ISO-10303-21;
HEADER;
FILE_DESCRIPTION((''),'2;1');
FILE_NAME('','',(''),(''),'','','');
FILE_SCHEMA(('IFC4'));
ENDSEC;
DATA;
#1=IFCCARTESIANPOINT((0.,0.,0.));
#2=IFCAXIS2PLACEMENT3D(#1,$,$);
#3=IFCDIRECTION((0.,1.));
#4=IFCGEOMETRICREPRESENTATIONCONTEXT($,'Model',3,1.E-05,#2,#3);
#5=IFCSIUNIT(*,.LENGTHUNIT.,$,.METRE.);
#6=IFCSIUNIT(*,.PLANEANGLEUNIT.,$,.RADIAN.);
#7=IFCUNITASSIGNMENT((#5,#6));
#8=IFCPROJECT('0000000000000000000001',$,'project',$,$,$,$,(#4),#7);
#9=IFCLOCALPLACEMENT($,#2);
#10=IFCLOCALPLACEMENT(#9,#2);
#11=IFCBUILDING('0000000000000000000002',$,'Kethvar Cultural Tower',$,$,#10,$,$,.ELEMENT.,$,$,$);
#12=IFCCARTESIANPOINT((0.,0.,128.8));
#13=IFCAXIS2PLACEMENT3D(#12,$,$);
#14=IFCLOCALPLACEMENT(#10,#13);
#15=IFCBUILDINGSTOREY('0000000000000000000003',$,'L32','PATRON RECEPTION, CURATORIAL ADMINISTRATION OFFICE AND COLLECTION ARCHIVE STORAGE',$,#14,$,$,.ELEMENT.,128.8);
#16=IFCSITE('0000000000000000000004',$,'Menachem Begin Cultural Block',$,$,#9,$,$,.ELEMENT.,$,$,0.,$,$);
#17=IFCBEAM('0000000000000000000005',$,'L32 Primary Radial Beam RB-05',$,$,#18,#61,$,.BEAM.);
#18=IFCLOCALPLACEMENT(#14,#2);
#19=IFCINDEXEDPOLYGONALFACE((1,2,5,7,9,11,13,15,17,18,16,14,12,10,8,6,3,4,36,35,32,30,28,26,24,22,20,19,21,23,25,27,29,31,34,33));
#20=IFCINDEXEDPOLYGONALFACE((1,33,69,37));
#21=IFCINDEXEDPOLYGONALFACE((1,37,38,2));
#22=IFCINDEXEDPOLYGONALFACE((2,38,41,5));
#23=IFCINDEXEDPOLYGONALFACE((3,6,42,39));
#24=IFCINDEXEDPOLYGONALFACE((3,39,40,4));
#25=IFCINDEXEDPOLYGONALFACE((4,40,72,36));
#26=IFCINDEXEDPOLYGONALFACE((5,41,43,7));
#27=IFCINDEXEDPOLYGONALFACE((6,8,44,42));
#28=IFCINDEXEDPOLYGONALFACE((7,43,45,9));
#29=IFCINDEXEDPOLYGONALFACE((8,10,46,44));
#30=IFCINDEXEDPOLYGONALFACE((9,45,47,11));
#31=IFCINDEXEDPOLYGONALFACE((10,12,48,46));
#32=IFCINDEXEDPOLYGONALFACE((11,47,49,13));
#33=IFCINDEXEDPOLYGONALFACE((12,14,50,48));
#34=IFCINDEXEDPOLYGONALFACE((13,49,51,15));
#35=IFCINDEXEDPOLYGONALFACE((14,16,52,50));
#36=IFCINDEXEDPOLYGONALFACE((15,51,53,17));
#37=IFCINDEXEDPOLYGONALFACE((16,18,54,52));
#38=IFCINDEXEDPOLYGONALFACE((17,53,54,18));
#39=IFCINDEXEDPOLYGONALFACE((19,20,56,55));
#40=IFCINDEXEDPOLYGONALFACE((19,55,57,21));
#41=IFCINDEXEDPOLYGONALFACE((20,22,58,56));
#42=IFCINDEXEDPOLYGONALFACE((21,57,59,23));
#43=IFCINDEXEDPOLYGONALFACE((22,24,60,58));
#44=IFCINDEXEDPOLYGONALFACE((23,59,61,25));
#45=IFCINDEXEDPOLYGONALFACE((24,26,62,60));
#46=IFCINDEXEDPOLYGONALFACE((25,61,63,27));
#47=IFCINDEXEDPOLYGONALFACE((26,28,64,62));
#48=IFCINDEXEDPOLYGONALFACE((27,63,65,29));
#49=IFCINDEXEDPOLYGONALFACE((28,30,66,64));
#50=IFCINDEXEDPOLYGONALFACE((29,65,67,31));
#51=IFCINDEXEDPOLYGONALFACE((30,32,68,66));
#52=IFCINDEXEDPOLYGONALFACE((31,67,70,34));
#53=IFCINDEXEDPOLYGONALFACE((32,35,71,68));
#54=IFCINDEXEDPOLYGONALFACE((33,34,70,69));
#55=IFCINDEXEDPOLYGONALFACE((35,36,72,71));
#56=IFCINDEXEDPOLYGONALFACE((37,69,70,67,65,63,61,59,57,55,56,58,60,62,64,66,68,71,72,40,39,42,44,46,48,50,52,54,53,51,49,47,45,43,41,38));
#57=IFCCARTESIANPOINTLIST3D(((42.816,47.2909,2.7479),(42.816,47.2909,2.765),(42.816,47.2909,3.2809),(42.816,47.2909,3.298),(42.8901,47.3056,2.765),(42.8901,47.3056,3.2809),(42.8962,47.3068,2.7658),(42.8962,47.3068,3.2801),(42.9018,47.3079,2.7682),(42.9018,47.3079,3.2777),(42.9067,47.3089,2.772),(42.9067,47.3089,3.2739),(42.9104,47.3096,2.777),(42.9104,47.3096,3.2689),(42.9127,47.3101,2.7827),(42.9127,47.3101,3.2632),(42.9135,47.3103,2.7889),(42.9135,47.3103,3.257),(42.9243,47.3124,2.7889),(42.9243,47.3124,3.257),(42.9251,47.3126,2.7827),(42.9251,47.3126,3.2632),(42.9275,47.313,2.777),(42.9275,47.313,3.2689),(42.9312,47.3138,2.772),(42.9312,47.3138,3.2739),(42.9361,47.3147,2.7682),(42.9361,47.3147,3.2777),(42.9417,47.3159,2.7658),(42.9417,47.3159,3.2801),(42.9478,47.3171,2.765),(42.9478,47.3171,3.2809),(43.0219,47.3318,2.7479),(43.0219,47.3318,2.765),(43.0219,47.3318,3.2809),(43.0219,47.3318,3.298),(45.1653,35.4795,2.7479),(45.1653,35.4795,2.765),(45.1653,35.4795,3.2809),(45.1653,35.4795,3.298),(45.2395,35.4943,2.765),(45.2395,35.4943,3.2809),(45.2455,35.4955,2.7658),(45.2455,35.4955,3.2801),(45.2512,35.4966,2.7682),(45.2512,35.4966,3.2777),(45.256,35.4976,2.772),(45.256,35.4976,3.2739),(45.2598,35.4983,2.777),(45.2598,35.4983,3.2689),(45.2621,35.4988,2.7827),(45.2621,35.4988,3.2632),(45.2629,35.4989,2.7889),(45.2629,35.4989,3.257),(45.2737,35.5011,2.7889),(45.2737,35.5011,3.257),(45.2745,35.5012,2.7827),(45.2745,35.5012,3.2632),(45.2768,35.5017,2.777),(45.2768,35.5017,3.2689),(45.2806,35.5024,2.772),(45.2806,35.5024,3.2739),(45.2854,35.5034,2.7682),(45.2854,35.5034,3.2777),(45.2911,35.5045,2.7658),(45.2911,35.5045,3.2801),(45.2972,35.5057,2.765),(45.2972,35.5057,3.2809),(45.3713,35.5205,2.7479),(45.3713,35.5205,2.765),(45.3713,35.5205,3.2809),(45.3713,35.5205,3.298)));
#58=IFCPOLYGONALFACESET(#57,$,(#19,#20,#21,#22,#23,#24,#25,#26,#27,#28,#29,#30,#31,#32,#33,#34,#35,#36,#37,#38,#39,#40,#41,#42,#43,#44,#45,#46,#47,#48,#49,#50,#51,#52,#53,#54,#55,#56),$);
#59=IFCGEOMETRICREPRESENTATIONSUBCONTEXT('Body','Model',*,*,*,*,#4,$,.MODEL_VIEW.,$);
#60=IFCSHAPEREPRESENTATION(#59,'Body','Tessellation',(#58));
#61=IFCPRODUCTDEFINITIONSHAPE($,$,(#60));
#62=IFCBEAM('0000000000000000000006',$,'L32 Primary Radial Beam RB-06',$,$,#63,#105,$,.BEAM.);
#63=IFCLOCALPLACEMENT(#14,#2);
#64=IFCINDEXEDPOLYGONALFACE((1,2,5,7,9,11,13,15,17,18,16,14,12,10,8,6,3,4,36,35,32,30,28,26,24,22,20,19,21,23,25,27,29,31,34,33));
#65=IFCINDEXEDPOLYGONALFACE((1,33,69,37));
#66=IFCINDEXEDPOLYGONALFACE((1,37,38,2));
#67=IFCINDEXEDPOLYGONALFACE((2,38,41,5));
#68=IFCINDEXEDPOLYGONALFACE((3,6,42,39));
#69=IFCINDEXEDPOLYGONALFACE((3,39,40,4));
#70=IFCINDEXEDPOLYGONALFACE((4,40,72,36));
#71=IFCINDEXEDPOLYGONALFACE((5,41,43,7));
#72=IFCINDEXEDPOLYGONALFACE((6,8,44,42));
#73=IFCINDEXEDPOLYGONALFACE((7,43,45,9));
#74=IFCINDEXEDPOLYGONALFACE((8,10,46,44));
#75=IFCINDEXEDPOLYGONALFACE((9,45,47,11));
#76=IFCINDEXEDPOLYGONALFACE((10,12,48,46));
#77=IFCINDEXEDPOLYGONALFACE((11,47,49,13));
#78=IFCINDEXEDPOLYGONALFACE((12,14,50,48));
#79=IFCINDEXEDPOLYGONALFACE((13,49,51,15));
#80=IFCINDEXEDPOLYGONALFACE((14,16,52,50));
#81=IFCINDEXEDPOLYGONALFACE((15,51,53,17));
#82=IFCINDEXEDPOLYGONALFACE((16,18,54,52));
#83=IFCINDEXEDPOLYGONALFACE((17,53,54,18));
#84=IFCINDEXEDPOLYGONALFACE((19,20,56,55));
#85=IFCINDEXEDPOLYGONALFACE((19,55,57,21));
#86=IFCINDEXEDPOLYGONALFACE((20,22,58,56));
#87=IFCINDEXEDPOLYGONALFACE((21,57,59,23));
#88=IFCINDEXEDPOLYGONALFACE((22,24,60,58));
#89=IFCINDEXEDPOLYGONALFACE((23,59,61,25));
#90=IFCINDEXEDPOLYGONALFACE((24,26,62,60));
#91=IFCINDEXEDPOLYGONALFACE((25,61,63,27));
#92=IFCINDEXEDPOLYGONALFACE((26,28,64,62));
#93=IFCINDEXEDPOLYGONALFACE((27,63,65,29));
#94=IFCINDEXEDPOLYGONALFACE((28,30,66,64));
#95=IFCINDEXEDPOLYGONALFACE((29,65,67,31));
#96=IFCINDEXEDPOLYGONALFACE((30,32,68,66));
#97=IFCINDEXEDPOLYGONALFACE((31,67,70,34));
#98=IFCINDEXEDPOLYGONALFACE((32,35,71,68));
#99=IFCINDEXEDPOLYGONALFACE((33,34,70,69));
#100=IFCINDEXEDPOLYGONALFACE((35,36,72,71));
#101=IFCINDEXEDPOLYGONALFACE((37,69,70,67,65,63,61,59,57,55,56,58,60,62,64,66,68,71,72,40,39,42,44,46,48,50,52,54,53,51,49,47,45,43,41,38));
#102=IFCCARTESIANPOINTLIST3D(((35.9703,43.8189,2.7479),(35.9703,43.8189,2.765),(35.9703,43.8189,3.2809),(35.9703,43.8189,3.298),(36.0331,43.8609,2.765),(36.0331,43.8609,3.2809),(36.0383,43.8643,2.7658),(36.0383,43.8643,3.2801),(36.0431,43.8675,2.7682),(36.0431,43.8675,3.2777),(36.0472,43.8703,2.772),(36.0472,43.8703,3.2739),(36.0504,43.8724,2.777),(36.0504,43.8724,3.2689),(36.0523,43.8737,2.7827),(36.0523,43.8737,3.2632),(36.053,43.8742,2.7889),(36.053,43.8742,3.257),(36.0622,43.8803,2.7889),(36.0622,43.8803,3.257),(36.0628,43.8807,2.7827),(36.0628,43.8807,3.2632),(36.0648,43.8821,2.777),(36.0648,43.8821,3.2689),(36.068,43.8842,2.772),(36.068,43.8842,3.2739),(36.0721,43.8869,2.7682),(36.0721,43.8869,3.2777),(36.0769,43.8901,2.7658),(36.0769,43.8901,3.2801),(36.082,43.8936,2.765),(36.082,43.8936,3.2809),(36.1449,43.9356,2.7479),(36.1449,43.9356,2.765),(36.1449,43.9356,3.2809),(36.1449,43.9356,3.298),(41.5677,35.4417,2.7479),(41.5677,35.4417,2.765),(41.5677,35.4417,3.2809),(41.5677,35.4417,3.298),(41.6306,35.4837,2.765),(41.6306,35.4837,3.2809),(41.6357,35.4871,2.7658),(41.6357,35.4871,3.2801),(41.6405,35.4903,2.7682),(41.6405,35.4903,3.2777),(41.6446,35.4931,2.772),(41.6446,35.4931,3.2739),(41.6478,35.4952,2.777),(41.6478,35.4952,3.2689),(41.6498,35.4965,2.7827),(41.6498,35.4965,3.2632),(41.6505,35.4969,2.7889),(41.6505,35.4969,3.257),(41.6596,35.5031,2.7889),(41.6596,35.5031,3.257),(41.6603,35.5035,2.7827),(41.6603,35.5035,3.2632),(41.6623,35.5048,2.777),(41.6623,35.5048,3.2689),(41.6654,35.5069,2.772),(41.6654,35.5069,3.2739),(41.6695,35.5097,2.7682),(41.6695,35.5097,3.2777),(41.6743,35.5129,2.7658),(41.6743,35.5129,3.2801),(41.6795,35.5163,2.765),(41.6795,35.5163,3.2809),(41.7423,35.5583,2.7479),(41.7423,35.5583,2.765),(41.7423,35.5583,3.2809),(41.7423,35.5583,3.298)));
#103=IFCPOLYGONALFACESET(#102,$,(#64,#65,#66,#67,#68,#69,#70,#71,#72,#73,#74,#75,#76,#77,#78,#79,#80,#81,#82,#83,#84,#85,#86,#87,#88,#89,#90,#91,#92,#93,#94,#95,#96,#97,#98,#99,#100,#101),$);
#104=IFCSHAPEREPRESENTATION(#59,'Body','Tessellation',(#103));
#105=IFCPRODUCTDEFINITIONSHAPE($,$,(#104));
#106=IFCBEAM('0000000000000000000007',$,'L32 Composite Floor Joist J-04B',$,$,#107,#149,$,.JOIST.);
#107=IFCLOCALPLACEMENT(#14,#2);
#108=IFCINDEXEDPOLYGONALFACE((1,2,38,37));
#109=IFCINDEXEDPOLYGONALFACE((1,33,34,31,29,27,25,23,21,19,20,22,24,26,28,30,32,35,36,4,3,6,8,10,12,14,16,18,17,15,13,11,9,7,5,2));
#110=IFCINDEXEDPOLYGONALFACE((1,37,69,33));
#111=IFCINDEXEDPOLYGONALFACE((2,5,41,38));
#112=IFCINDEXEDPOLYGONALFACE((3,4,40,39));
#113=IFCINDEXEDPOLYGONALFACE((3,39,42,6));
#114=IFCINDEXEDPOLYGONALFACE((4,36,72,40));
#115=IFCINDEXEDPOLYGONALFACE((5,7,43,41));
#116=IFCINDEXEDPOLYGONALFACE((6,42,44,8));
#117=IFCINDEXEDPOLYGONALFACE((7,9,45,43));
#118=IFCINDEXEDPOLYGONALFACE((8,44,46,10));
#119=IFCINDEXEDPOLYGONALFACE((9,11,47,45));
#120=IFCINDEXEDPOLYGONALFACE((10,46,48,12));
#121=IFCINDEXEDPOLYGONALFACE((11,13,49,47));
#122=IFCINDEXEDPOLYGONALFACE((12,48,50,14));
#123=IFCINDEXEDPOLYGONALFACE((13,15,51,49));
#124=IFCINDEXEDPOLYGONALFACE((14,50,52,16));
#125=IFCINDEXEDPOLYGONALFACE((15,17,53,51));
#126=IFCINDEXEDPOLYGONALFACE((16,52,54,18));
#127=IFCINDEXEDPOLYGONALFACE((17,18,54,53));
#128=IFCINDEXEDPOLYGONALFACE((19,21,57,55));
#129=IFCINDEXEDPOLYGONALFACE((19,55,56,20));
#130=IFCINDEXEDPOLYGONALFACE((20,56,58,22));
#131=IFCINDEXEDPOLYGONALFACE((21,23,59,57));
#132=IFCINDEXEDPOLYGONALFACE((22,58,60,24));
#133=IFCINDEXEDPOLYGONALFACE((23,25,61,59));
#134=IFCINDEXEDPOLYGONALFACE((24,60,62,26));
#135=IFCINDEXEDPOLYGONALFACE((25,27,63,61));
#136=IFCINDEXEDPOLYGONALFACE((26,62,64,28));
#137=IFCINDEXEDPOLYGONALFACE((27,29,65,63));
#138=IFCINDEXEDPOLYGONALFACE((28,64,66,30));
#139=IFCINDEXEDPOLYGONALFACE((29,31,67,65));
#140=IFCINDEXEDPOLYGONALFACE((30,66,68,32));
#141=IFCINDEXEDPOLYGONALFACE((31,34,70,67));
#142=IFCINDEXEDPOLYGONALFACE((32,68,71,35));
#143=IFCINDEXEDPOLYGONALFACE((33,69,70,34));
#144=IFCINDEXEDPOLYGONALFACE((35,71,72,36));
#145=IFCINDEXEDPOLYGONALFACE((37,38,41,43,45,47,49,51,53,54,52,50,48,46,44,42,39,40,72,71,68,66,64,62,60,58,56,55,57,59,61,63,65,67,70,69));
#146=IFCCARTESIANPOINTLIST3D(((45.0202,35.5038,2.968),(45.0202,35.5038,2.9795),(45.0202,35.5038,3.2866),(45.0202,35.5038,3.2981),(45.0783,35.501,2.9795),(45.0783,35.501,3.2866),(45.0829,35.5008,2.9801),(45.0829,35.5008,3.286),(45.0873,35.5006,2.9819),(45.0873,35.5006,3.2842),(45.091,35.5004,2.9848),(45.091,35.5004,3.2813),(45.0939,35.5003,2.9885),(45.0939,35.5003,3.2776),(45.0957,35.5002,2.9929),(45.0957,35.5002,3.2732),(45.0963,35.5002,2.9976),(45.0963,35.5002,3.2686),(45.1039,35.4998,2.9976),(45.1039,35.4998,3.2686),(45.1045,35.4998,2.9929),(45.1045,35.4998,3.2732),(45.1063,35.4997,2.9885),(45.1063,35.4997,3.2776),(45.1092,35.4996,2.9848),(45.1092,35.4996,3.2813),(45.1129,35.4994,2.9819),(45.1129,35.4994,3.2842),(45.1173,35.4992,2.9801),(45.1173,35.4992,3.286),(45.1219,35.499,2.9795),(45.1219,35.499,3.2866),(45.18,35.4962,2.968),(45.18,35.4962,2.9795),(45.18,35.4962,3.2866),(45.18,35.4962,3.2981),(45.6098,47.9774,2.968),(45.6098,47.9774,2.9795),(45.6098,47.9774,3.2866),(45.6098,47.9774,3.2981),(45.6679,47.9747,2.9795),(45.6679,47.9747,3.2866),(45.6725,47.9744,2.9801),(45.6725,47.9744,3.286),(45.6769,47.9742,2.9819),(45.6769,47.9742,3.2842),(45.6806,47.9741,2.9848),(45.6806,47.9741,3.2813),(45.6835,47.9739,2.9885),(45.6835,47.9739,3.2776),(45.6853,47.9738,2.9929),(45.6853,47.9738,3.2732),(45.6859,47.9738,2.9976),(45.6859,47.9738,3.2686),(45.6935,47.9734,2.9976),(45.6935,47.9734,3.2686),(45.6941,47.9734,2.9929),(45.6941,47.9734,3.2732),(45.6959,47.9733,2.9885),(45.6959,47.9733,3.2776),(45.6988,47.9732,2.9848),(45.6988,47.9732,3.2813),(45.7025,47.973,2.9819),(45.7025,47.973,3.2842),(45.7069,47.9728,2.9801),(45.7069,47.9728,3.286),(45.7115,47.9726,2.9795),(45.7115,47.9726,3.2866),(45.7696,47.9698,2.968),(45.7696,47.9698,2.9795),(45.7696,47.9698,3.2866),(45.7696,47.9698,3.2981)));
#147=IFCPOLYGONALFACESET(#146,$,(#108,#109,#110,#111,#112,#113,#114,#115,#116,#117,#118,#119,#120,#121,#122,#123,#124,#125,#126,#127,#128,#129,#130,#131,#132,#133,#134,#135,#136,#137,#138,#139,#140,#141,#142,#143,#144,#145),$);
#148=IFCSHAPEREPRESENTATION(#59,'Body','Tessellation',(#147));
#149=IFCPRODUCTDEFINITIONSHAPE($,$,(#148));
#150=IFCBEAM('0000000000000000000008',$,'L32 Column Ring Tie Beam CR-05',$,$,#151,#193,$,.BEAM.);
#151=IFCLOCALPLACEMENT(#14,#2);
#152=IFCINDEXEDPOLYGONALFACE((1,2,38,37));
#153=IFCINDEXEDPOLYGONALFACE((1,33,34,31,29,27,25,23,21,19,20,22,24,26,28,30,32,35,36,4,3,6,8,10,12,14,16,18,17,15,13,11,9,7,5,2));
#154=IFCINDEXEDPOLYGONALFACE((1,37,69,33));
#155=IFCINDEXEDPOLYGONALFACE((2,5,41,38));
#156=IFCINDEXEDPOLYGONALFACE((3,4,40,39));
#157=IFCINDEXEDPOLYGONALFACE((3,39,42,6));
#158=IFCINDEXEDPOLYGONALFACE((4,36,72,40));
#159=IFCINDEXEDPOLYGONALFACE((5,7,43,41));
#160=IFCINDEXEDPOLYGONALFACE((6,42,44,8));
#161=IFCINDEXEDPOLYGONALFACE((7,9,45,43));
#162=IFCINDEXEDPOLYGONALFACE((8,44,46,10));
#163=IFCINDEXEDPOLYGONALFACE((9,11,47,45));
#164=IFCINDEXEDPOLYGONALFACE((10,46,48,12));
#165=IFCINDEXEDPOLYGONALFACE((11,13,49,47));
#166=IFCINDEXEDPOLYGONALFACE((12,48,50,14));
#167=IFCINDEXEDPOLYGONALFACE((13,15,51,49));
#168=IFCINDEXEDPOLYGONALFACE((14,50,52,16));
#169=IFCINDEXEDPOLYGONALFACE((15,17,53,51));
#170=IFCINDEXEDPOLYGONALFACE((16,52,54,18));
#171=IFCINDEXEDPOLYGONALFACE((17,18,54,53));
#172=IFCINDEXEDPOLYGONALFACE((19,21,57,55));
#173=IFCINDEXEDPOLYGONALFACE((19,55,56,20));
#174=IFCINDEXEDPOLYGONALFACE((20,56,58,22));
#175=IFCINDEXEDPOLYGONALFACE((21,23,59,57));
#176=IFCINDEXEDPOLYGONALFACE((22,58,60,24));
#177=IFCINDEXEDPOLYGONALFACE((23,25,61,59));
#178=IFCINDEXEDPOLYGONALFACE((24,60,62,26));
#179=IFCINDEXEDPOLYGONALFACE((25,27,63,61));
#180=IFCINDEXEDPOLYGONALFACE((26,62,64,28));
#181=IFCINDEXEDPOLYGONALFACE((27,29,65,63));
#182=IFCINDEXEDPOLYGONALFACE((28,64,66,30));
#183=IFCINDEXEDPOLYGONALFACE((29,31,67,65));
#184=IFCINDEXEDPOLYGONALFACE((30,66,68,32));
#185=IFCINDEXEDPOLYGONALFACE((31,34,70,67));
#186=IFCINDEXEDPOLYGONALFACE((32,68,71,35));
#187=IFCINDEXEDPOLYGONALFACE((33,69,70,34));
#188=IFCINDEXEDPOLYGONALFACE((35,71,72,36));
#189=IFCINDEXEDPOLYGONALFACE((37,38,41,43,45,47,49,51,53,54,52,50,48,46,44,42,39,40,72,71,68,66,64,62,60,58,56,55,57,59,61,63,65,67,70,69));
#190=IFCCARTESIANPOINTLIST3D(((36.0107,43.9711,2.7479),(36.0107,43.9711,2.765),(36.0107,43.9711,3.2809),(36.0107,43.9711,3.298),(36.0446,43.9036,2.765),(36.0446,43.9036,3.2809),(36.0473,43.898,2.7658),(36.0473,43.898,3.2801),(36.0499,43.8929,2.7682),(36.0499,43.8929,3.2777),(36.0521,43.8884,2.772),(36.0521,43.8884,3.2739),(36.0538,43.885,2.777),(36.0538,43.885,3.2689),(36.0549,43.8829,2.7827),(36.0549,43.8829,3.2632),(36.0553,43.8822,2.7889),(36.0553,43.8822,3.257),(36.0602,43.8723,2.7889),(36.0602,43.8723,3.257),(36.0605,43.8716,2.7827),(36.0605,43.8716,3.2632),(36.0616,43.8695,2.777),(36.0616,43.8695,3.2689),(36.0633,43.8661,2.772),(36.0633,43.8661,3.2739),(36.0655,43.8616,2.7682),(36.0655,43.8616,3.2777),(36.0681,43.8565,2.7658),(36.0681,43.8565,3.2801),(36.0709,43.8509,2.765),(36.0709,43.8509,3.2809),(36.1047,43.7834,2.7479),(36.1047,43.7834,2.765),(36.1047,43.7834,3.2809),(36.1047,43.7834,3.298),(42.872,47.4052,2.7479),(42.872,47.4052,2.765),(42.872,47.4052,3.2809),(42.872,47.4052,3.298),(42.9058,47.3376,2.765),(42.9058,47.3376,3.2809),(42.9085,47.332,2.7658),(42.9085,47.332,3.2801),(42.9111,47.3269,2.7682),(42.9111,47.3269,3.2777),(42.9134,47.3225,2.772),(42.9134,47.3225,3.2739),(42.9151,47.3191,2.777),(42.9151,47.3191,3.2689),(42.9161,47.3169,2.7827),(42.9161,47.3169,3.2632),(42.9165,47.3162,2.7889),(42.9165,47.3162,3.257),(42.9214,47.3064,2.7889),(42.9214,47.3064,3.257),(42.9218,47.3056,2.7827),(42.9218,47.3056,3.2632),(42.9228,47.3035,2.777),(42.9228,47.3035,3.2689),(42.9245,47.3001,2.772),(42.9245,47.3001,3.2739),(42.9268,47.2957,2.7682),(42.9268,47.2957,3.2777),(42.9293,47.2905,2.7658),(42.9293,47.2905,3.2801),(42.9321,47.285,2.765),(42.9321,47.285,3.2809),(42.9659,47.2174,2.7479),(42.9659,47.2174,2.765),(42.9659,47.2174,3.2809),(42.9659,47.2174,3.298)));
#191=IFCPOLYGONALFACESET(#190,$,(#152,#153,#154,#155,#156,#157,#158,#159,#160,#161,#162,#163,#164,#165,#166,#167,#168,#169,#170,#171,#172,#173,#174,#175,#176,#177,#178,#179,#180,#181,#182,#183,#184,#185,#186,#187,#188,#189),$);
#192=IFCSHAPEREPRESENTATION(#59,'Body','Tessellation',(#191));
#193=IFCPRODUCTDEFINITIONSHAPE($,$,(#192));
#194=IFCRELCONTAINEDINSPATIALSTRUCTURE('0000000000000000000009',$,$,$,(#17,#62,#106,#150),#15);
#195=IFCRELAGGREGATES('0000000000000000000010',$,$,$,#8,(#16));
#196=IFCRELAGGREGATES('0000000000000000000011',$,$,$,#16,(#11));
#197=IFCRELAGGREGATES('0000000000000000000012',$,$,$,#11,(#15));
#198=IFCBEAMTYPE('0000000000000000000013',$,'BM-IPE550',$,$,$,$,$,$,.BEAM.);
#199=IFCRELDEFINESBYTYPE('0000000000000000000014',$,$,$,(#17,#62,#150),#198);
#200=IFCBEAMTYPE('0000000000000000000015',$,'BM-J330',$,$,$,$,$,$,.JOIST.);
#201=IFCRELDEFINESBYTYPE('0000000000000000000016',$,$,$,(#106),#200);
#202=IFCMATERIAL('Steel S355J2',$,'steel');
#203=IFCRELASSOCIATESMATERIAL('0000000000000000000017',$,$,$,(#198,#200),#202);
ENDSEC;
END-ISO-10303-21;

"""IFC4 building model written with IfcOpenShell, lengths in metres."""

from ifc_helpers import new_model, si_unit, direction, frame, origin, origin_2d, place, context, subcontext, project, spatial, i_section, extrude, source, transform, mapped, material, material_profile, profile_set, type_object, element, save


model = new_model("IFC4")

# Units and contexts
model_context = context("Model", 3, precision=1e-05, world=origin(), true_north=direction((0.0, 1.0)))
body_context = subcontext(model_context, "Body", "Model", "MODEL_VIEW")
ifc_project = project(units=[si_unit("LENGTHUNIT", "METRE"), si_unit("PLANEANGLEUNIT", "RADIAN")], contexts=[model_context])

# Site, building, storey
site_placement = place(None, origin())
site = spatial("IfcSite", under=ifc_project, at=site_placement, Name="Menachem Begin Cultural Block", CompositionType="ELEMENT", RefElevation=0.0)
building_placement = place(site_placement, origin())
building = spatial("IfcBuilding", under=site, at=building_placement, Name="Kethvar Cultural Tower", CompositionType="ELEMENT")
storey_placement = place(building_placement, frame((0.0, 0.0, 128.8)))
storey = spatial("IfcBuildingStorey", under=building, at=storey_placement, Name="L32", Description="PATRON RECEPTION, CURATORIAL ADMINISTRATION OFFICE AND COLLECTION ARCHIVE STORAGE", CompositionType="ELEMENT", Elevation=128.8)

# Beams
ifc_material_1 = material(Name="Steel S355J2", Category="steel")
ifc_material_profile_1 = material_profile(ifc_material_1, i_section(OverallWidth=0.21, OverallDepth=0.55, WebThickness=0.011, FlangeThickness=0.0171, FilletRadius=0.0239, at=origin_2d()), Name="Steel S355J2 — IPE550")
ifc_profile_set_1 = profile_set([ifc_material_profile_1], Name="Steel S355J2 — IPE550")
beam_type_1 = type_object("IfcBeamType", Name="BM-IPE550", PredefinedType="BEAM", material=ifc_profile_set_1)
shared_shape_1 = source(origin(), body_context, "Body", "SweptSolid", [
    extrude(i_section(OverallWidth=0.21, OverallDepth=0.55, WebThickness=0.011, FlangeThickness=0.0171, FilletRadius=0.0239, at=origin_2d()), origin(), (0.0, 0.0, 1.0), 12.0427),
])
beam_1_placement = place(storey_placement, frame((45.2683, 35.5, 3.0229), z_axis=(-0.195087, 0.980786, 0.0), x_axis=(-0.980786, -0.195087, 0.0)))
element("IfcBeam", 1, at=beam_1_placement, inside=storey, type_object=beam_type_1, Name="L32 Primary Radial Beam RB-05", PredefinedType="BEAM", context=body_context, shape_type="MappedRepresentation", body=[
    mapped(shared_shape_1, transform((0.0, 0.0, 0.0), scale=1.0)),
])
shared_shape_2 = source(origin(), body_context, "Body", "SweptSolid", [
    extrude(i_section(OverallWidth=0.21, OverallDepth=0.55, WebThickness=0.011, FlangeThickness=0.0171, FilletRadius=0.0239, at=origin_2d()), origin(), (0.0, 0.0, 1.0), 10.0752),
])
beam_2_placement = place(storey_placement, frame((41.655, 35.5, 3.0229), z_axis=(-0.555567, 0.831472, 0.0), x_axis=(-0.831472, -0.555567, 0.0)))
element("IfcBeam", 2, at=beam_2_placement, inside=storey, type_object=beam_type_1, Name="L32 Primary Radial Beam RB-06", PredefinedType="BEAM", context=body_context, shape_type="MappedRepresentation", body=[
    mapped(shared_shape_2, transform((0.0, 0.0, 0.0), scale=1.0)),
])
ifc_material_profile_2 = material_profile(ifc_material_1, i_section(OverallWidth=0.1599, OverallDepth=0.3301, WebThickness=0.0076, FlangeThickness=0.0115, FilletRadius=0.0181, at=origin_2d()), Name="Steel S355J2 — IPE330")
ifc_profile_set_2 = profile_set([ifc_material_profile_2], Name="Steel S355J2 — IPE330")
beam_type_2 = type_object("IfcBeamType", Name="BM-J330", PredefinedType="JOIST", material=ifc_profile_set_2)
shared_shape_3 = source(origin(), body_context, "Body", "SweptSolid", [
    extrude(i_section(OverallWidth=0.1599, OverallDepth=0.3301, WebThickness=0.0076, FlangeThickness=0.0115, FilletRadius=0.0181, at=origin_2d()), origin(), (0.0, 0.0, 1.0), 12.4875),
])
beam_3_placement = place(storey_placement, frame((45.1001, 35.5, 3.1331), z_axis=(0.047215, 0.998885, 0.0), x_axis=(-0.998885, 0.047215, 0.0)))
element("IfcBeam", 3, at=beam_3_placement, inside=storey, type_object=beam_type_2, Name="L32 Composite Floor Joist J-04B", PredefinedType="JOIST", context=body_context, shape_type="MappedRepresentation", body=[
    mapped(shared_shape_3, transform((0.0, 0.0, 0.0), scale=1.0)),
])
shared_shape_4 = source(origin(), body_context, "Body", "SweptSolid", [
    extrude(i_section(OverallWidth=0.21, OverallDepth=0.55, WebThickness=0.011, FlangeThickness=0.0171, FilletRadius=0.0239, at=origin_2d()), origin(), (0.0, 0.0, 1.0), 7.6726),
])
beam_4_placement = place(storey_placement, frame((42.9189, 47.3113, 3.0229), z_axis=(-0.894249, -0.44757, 0.0), x_axis=(0.44757, -0.894249, 0.0)))
element("IfcBeam", 4, at=beam_4_placement, inside=storey, type_object=beam_type_1, Name="L32 Column Ring Tie Beam CR-05", PredefinedType="BEAM", context=body_context, shape_type="MappedRepresentation", body=[
    mapped(shared_shape_4, transform((0.0, 0.0, 0.0), scale=1.0)),
])

save(model, "model.ifc")
